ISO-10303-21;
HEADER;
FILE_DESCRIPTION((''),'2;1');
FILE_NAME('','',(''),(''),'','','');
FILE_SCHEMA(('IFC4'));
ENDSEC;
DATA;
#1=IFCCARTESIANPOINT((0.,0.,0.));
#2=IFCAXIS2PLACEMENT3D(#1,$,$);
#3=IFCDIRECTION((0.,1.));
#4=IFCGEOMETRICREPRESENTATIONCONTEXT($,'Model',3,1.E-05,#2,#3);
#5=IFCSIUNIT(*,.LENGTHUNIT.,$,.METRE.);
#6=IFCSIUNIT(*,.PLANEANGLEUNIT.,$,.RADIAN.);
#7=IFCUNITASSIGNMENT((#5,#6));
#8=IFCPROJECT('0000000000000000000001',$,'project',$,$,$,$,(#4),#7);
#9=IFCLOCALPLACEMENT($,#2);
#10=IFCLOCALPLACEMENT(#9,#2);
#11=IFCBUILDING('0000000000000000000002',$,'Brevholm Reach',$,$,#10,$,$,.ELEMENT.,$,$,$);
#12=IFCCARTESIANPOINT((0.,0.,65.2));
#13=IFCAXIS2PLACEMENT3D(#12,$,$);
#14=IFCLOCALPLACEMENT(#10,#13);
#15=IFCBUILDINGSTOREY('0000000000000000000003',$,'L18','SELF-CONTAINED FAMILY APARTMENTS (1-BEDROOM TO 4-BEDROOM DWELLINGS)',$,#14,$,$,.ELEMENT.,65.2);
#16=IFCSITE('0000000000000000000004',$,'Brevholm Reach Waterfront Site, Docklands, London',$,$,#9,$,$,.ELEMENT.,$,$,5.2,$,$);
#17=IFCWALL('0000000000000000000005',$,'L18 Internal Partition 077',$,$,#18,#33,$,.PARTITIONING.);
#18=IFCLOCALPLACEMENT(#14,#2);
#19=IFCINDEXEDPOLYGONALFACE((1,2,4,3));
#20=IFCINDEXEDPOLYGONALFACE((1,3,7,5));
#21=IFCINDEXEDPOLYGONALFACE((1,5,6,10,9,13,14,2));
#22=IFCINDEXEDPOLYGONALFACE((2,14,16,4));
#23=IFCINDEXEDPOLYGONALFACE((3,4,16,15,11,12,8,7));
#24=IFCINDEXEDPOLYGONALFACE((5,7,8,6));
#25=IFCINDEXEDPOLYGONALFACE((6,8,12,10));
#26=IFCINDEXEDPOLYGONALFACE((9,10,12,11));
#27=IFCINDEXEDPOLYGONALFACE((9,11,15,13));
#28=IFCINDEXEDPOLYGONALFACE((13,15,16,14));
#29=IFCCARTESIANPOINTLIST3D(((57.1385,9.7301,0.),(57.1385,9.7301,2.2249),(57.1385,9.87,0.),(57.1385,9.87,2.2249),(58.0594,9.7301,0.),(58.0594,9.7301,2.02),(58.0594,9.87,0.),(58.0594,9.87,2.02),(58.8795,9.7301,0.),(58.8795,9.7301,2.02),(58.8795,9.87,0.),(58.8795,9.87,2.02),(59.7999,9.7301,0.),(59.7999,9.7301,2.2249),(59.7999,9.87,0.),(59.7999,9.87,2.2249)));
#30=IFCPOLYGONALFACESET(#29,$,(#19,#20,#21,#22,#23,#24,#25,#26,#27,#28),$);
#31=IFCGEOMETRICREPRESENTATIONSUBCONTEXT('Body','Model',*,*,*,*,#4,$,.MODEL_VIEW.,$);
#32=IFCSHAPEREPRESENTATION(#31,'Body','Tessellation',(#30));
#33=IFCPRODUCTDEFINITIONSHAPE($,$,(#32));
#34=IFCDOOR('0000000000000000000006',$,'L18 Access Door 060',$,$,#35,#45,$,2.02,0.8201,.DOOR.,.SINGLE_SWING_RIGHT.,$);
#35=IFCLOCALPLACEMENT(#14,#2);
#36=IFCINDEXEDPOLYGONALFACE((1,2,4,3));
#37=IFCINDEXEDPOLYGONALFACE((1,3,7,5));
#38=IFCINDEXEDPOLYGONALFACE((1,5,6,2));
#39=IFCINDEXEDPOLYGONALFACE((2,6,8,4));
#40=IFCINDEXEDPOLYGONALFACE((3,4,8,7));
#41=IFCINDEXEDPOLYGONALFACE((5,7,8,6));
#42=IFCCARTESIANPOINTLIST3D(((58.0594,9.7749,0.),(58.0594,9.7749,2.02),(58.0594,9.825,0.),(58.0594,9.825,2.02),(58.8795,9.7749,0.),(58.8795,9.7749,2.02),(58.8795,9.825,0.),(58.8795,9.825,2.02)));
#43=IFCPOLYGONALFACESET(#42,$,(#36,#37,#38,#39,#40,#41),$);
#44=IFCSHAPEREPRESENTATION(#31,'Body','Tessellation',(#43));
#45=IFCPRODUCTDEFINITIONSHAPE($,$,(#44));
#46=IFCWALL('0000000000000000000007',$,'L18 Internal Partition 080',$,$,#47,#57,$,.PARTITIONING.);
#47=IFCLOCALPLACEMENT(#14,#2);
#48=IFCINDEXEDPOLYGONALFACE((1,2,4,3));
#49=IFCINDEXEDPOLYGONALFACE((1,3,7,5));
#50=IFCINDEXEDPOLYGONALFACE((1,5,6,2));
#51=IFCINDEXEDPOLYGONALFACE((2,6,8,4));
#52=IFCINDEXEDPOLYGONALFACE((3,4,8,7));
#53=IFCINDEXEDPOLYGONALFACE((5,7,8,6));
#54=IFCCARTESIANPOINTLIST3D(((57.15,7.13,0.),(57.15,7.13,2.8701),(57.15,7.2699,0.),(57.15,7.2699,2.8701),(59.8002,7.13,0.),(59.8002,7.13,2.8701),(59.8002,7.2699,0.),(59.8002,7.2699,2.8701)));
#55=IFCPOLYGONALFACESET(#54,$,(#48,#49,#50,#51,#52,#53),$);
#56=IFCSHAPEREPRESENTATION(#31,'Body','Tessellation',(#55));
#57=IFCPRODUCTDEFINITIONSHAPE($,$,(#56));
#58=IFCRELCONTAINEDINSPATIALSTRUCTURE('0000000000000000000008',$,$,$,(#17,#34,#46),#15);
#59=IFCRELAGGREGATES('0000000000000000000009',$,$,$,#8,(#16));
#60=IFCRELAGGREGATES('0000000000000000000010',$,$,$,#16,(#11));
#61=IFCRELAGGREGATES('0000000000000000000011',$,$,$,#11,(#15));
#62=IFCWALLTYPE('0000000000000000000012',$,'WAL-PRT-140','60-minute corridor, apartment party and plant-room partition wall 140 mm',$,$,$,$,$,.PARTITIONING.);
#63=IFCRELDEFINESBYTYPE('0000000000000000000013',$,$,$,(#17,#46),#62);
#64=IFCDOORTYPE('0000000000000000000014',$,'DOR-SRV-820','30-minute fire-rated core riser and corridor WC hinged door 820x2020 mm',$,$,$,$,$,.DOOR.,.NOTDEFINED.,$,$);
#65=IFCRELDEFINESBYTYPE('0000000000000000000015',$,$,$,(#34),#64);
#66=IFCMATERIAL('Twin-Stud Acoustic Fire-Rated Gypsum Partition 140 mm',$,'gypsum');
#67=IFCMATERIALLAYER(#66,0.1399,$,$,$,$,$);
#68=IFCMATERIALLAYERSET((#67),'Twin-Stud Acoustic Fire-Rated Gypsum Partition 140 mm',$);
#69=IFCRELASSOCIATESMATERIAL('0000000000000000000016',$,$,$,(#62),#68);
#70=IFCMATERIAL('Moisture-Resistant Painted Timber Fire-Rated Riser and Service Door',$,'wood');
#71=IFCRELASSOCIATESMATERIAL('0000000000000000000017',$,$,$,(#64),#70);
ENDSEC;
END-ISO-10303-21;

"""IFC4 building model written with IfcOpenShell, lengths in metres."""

from ifc_helpers import new_model, si_unit, direction, frame, frame_2d, origin, place, context, subcontext, project, spatial, rectangle, extrude, material, layer, layer_set, type_object, element, fill, save


model = new_model("IFC4")

# Units and contexts
model_context = context("Model", 3, precision=1e-05, world=origin(), true_north=direction((0.0, 1.0)))
body_context = subcontext(model_context, "Body", "Model", "MODEL_VIEW")
ifc_project = project(units=[si_unit("LENGTHUNIT", "METRE"), si_unit("PLANEANGLEUNIT", "RADIAN")], contexts=[model_context])

# Site, building, storey
site_placement = place(None, origin())
site = spatial("IfcSite", under=ifc_project, at=site_placement, Name="Brevholm Reach Waterfront Site, Docklands, London", CompositionType="ELEMENT", RefElevation=5.2)
building_placement = place(site_placement, origin())
building = spatial("IfcBuilding", under=site, at=building_placement, Name="Brevholm Reach", CompositionType="ELEMENT")
storey_placement = place(building_placement, frame((0.0, 0.0, 65.2)))
storey = spatial("IfcBuildingStorey", under=building, at=storey_placement, Name="L18", Description="SELF-CONTAINED FAMILY APARTMENTS (1-BEDROOM TO 4-BEDROOM DWELLINGS)", CompositionType="ELEMENT", Elevation=65.2)

# Wall, opening, door
ifc_material_1 = material(Name="Twin-Stud Acoustic Fire-Rated Gypsum Partition 140 mm", Category="gypsum")
ifc_layer_1 = layer(ifc_material_1, 0.1399)
ifc_layer_set_1 = layer_set([ifc_layer_1], Name="Twin-Stud Acoustic Fire-Rated Gypsum Partition 140 mm")
wall_type_1 = type_object("IfcWallType", Name="WAL-PRT-140", Description="60-minute corridor, apartment party and plant-room partition wall 140 mm", PredefinedType="PARTITIONING", material=ifc_layer_set_1)
wall_1_placement = place(storey_placement, frame((57.1387, 9.8, 0.0), z_axis=(0.0, 0.0, 1.0), x_axis=(1.0, 0.0, 0.0)))
wall_1 = element("IfcWall", 1, at=wall_1_placement, inside=storey, type_object=wall_type_1, Name="L18 Internal Partition 077", PredefinedType="PARTITIONING", context=body_context, shape_type="SweptSolid", body=[
    extrude(rectangle(XDim=2.6614, YDim=0.1399, at=frame_2d((1.3306, 0.0))), origin(), (0.0, 0.0, 1.0), 2.2249),
])
opening_1_placement = place(wall_1_placement, frame((0.9207, 0.0, 0.0)))
opening_1 = element("IfcOpeningElement", 2, at=opening_1_placement, cuts=wall_1, PredefinedType="OPENING", context=body_context, shape_type="SweptSolid", body=[
    extrude(rectangle(XDim=0.8201, YDim=2.02, at=frame_2d((0.4102, 1.01))), frame((0.0, 0.0798, 0.0), z_axis=(0.0, -1.0, 0.0), x_axis=(1.0, 0.0, 0.0)), (0.0, 0.0, 1.0), 0.1599),
])
ifc_material_2 = material(Name="Moisture-Resistant Painted Timber Fire-Rated Riser and Service Door", Category="wood")
door_type_1 = type_object("IfcDoorType", Name="DOR-SRV-820", Description="30-minute fire-rated core riser and corridor WC hinged door 820x2020 mm", OperationType="NOTDEFINED", PredefinedType="DOOR", material=ifc_material_2)
door_1_placement = place(opening_1_placement, origin())
door_1 = element("IfcDoor", 3, at=door_1_placement, inside=storey, type_object=door_type_1, Name="L18 Access Door 060", OperationType="SINGLE_SWING_RIGHT", OverallHeight=2.02, OverallWidth=0.8201, PredefinedType="DOOR", context=body_context, shape_type="SweptSolid", body=[
    extrude(rectangle(XDim=0.8201, YDim=2.02, at=frame_2d((0.4102, 1.01))), frame((0.0, 0.0249, 0.0), z_axis=(0.0, -1.0, 0.0), x_axis=(1.0, 0.0, 0.0)), (0.0, 0.0, 1.0), 0.05),
])
fill(opening_1, door_1)

# Wall
wall_2_placement = place(storey_placement, frame((57.1499, 7.2, 0.0), z_axis=(0.0, 0.0, 1.0), x_axis=(1.0, 0.0, 0.0)))
element("IfcWall", 4, at=wall_2_placement, inside=storey, type_object=wall_type_1, Name="L18 Internal Partition 080", PredefinedType="PARTITIONING", context=body_context, shape_type="SweptSolid", body=[
    extrude(rectangle(XDim=2.6501, YDim=0.1399, at=frame_2d((1.3252, 0.0))), origin(), (0.0, 0.0, 1.0), 2.8701),
])

save(model, "model.ifc")
